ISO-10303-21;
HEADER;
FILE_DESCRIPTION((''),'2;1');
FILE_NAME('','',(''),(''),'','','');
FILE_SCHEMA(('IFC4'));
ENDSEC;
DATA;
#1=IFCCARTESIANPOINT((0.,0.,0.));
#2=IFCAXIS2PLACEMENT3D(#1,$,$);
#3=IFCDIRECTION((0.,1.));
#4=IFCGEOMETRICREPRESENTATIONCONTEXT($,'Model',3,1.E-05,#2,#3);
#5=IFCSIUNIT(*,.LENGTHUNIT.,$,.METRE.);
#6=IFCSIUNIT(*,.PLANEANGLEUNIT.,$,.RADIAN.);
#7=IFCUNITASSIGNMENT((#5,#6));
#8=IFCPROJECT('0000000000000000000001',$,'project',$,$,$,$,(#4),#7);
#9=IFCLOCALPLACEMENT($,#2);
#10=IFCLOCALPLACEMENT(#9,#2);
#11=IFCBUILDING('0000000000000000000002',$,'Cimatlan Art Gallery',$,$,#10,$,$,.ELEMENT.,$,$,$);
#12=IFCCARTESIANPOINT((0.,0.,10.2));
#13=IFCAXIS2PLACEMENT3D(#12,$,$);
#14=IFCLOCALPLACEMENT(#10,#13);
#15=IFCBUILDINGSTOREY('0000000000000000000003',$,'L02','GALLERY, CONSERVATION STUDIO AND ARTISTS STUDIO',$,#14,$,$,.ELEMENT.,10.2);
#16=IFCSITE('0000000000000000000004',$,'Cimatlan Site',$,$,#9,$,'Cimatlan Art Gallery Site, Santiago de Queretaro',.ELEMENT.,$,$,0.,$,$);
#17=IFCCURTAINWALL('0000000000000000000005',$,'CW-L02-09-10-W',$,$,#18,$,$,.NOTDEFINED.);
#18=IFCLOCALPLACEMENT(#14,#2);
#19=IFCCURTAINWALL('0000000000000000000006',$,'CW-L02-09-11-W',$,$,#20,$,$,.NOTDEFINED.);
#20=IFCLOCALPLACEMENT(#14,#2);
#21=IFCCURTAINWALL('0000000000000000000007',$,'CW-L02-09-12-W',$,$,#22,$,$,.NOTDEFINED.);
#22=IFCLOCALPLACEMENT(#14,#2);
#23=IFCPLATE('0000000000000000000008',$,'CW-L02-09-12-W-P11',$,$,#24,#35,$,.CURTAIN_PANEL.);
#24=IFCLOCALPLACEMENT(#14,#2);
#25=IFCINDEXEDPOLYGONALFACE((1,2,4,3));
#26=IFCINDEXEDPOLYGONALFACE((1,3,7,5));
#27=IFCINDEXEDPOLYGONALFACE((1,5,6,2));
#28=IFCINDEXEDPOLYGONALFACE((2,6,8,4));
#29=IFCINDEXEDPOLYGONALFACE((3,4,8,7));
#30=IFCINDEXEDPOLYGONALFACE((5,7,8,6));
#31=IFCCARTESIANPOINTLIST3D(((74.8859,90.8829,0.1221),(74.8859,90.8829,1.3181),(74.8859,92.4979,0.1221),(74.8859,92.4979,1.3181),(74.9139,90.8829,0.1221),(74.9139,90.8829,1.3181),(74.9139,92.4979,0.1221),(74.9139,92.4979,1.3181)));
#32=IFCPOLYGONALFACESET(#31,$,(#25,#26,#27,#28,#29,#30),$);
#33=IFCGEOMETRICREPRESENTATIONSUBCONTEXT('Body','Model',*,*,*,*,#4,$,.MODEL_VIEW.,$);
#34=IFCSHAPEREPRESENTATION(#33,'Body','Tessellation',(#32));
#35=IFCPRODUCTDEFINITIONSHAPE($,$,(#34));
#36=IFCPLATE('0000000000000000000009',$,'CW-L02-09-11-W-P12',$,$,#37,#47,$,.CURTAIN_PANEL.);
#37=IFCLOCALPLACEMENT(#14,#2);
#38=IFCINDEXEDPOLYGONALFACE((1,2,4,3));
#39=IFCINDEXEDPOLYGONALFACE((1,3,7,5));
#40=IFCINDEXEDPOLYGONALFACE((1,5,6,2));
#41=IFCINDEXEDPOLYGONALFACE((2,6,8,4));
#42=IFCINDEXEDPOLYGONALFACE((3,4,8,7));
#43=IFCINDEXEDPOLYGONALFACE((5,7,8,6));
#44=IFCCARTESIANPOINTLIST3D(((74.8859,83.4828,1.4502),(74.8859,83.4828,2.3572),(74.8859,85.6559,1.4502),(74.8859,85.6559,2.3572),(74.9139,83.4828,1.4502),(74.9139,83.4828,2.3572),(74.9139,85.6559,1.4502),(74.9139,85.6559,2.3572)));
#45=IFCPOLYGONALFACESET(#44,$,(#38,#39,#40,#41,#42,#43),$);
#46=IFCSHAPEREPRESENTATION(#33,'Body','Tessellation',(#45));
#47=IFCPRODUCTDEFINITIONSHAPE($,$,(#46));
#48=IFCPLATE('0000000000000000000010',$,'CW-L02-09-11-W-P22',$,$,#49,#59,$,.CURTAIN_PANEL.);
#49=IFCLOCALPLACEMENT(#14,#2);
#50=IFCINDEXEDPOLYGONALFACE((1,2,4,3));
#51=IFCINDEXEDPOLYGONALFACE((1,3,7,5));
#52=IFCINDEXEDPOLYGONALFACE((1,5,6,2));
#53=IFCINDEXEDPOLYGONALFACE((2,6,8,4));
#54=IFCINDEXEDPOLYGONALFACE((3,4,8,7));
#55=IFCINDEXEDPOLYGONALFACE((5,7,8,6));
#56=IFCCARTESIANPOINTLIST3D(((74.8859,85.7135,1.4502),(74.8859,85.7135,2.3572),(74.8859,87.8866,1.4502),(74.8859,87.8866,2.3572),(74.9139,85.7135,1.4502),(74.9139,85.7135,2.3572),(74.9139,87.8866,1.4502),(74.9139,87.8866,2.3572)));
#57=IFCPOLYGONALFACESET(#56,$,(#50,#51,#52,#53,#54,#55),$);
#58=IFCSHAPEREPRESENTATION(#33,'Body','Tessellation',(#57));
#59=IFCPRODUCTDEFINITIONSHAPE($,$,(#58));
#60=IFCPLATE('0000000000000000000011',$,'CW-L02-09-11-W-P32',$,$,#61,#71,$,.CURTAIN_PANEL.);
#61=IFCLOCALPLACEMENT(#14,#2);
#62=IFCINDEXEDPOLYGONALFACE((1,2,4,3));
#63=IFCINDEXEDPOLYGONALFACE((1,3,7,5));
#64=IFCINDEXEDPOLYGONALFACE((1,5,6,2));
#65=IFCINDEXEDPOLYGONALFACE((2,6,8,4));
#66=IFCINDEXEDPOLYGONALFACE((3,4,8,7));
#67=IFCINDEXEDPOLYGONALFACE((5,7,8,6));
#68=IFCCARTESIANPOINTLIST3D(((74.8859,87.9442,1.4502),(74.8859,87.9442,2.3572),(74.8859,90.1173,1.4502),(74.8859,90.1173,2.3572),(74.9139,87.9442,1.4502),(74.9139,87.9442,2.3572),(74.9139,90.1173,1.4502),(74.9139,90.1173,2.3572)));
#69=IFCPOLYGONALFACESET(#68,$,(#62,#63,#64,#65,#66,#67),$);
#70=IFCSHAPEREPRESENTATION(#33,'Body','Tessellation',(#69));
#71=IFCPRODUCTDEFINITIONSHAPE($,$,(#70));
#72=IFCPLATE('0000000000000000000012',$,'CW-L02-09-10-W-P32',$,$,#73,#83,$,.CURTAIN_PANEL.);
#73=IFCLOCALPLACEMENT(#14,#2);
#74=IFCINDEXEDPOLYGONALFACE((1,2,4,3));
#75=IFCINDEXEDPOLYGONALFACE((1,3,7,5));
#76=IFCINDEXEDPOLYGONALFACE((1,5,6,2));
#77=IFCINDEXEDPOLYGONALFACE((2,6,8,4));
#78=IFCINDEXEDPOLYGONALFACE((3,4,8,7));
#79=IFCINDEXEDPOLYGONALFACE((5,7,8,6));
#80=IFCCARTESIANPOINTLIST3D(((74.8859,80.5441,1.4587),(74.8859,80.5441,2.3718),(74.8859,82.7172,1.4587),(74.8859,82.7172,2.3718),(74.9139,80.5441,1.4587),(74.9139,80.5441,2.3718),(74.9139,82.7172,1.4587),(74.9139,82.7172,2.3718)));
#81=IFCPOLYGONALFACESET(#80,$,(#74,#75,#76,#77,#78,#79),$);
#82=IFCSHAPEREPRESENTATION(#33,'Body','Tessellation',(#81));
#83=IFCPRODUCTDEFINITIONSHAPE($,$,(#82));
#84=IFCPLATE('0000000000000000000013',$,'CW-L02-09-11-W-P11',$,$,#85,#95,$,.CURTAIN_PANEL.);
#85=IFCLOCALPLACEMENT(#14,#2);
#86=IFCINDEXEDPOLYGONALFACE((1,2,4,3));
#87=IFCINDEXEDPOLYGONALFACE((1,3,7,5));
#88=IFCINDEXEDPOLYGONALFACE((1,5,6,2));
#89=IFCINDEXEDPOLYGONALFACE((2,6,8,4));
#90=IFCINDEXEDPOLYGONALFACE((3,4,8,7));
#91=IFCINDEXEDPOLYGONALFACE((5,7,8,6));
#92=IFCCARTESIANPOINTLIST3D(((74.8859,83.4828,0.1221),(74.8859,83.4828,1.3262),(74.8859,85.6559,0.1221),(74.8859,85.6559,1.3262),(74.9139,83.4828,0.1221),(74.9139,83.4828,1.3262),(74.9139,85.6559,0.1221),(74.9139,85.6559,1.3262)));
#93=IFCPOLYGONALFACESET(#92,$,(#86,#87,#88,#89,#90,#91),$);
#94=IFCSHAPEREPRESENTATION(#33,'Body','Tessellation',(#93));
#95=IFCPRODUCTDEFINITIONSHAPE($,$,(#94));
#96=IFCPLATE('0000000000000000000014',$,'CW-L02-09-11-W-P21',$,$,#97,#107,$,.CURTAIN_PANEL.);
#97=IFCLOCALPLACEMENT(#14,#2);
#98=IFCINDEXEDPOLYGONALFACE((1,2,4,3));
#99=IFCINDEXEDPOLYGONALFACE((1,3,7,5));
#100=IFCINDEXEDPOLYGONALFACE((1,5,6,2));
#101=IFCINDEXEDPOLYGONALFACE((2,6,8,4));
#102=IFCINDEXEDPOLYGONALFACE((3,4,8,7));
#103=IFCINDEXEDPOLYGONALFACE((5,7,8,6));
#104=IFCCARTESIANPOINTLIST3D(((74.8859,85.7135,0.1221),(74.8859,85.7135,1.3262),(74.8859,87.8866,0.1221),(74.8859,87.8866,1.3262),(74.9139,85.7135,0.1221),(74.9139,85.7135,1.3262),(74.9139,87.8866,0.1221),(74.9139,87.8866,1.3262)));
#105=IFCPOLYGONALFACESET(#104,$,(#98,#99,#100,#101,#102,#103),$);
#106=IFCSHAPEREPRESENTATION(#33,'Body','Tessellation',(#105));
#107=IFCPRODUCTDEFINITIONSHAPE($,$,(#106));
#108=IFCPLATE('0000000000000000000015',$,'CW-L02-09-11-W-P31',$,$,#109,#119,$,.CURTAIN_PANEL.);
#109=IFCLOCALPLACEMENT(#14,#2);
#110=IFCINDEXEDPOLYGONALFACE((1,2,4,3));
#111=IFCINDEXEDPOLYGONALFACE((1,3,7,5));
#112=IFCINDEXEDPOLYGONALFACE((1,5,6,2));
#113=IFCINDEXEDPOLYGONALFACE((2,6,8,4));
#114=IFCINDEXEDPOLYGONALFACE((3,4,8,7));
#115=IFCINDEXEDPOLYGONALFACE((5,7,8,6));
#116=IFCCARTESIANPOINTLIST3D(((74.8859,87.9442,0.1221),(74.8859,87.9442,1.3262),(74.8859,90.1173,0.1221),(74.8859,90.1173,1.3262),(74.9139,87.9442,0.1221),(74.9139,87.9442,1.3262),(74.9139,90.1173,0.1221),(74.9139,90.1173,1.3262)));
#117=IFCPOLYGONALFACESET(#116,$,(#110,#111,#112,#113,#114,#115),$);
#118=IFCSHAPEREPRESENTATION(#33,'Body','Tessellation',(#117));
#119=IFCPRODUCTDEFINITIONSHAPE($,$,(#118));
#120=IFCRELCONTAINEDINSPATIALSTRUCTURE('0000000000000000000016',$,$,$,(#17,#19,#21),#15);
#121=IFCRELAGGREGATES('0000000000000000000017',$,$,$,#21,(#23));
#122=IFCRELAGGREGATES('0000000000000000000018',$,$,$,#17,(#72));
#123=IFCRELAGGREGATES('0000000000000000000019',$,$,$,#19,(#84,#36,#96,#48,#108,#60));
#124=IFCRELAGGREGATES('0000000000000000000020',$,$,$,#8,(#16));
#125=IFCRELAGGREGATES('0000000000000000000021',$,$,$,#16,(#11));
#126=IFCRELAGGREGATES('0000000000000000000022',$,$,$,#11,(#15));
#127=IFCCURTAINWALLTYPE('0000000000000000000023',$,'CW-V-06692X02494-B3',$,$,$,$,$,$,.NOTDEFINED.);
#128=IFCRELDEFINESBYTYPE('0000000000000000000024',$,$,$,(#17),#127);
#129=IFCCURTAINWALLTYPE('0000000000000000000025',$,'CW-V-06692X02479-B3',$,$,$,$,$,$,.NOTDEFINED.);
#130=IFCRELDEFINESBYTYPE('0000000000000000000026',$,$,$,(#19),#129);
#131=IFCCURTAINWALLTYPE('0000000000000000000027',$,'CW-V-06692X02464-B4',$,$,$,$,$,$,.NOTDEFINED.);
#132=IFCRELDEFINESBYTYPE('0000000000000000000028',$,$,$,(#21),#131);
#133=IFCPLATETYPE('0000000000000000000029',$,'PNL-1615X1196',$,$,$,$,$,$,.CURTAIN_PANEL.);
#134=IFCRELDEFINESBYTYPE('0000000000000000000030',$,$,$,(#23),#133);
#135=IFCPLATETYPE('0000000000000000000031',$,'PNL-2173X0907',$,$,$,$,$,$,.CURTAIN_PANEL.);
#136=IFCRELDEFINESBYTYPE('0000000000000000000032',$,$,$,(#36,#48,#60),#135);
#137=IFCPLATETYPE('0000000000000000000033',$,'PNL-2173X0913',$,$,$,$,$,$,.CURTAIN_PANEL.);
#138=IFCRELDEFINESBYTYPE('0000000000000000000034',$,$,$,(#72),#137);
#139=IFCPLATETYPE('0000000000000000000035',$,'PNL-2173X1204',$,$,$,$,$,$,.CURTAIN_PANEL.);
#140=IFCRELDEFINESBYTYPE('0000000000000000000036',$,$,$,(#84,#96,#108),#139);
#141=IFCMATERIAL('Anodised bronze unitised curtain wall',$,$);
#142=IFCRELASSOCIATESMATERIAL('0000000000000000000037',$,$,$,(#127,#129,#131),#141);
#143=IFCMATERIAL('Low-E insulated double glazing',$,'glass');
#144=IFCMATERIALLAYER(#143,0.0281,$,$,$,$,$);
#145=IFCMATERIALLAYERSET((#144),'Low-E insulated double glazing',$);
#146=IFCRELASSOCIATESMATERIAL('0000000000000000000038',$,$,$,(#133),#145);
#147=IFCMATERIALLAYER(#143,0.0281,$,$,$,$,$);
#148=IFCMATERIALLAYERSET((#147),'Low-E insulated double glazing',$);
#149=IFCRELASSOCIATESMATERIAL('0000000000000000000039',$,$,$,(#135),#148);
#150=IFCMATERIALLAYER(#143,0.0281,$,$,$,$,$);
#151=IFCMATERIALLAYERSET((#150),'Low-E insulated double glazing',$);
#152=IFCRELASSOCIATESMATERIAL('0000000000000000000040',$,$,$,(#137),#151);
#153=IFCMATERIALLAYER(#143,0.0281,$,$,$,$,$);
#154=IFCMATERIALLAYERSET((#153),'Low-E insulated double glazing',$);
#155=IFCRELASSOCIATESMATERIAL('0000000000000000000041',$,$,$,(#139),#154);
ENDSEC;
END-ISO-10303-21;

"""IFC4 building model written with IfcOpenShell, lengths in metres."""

from ifc_helpers import new_model, si_unit, direction, frame, origin, origin_2d, place, context, subcontext, project, spatial, rectangle, extrude, material, layer, layer_set, type_object, element, aggregate, save


model = new_model("IFC4")

# Units and contexts
model_context = context("Model", 3, precision=1e-05, world=origin(), true_north=direction((0.0, 1.0)))
body_context = subcontext(model_context, "Body", "Model", "MODEL_VIEW")
ifc_project = project(units=[si_unit("LENGTHUNIT", "METRE"), si_unit("PLANEANGLEUNIT", "RADIAN")], contexts=[model_context])

# Site, building, storey
site_placement = place(None, origin())
site = spatial("IfcSite", under=ifc_project, at=site_placement, Name="Cimatlan Site", LongName="Cimatlan Art Gallery Site, Santiago de Queretaro", CompositionType="ELEMENT", RefElevation=0.0)
building_placement = place(site_placement, origin())
building = spatial("IfcBuilding", under=site, at=building_placement, Name="Cimatlan Art Gallery", CompositionType="ELEMENT")
storey_placement = place(building_placement, frame((0.0, 0.0, 10.2)))
storey = spatial("IfcBuildingStorey", under=building, at=storey_placement, Name="L02", Description="GALLERY, CONSERVATION STUDIO AND ARTISTS STUDIO", CompositionType="ELEMENT", Elevation=10.2)

# Curtain wall
ifc_material_1 = material(Name="Anodised bronze unitised curtain wall")
curtain_wall_type_1 = type_object("IfcCurtainWallType", Name="CW-V-06692X02494-B3", PredefinedType="NOTDEFINED", material=ifc_material_1)
curtain_wall_1_placement = place(storey_placement, origin())
curtain_wall_1 = element("IfcCurtainWall", 1, at=curtain_wall_1_placement, inside=storey, type_object=curtain_wall_type_1, Name="CW-L02-09-10-W", PredefinedType="NOTDEFINED")

# Curtain walls
curtain_wall_type_2 = type_object("IfcCurtainWallType", Name="CW-V-06692X02479-B3", PredefinedType="NOTDEFINED", material=ifc_material_1)
curtain_wall_2_placement = place(storey_placement, origin())
curtain_wall_2 = element("IfcCurtainWall", 2, at=curtain_wall_2_placement, inside=storey, type_object=curtain_wall_type_2, Name="CW-L02-09-11-W", PredefinedType="NOTDEFINED")
curtain_wall_type_3 = type_object("IfcCurtainWallType", Name="CW-V-06692X02464-B4", PredefinedType="NOTDEFINED", material=ifc_material_1)
curtain_wall_3_placement = place(storey_placement, origin())
curtain_wall_3 = element("IfcCurtainWall", 3, at=curtain_wall_3_placement, inside=storey, type_object=curtain_wall_type_3, Name="CW-L02-09-12-W", PredefinedType="NOTDEFINED")

# Plates
ifc_material_2 = material(Name="Low-E insulated double glazing", Category="glass")
ifc_layer_1 = layer(ifc_material_2, 0.0281)
ifc_layer_set_1 = layer_set([ifc_layer_1], Name="Low-E insulated double glazing")
plate_type_1 = type_object("IfcPlateType", Name="PNL-1615X1196", PredefinedType="CURTAIN_PANEL", material=ifc_layer_set_1)
plate_1_placement = place(storey_placement, frame((74.8999, 91.6904, 0.1221), z_axis=(0.0, 0.0, 1.0), x_axis=(0.0, 1.0, 0.0)))
plate_1 = element("IfcPlate", 4, at=plate_1_placement, type_object=plate_type_1, Name="CW-L02-09-12-W-P11", PredefinedType="CURTAIN_PANEL", context=body_context, shape_type="SweptSolid", body=[
    extrude(rectangle(XDim=1.615, YDim=0.0281, at=origin_2d()), origin(), (0.0, 0.0, 1.0), 1.196),
])
aggregate(curtain_wall_3, [plate_1])
ifc_layer_2 = layer(ifc_material_2, 0.0281)
ifc_layer_set_2 = layer_set([ifc_layer_2], Name="Low-E insulated double glazing")
plate_type_2 = type_object("IfcPlateType", Name="PNL-2173X0907", PredefinedType="CURTAIN_PANEL", material=ifc_layer_set_2)
plate_2_placement = place(storey_placement, frame((74.8999, 84.5693, 1.4502), z_axis=(0.0, 0.0, 1.0), x_axis=(0.0, 1.0, 0.0)))
plate_2 = element("IfcPlate", 5, at=plate_2_placement, type_object=plate_type_2, Name="CW-L02-09-11-W-P12", PredefinedType="CURTAIN_PANEL", context=body_context, shape_type="SweptSolid", body=[
    extrude(rectangle(XDim=2.1731, YDim=0.0281, at=origin_2d()), origin(), (0.0, 0.0, 1.0), 0.907),
])
plate_3_placement = place(storey_placement, frame((74.8999, 86.8, 1.4502), z_axis=(0.0, 0.0, 1.0), x_axis=(0.0, 1.0, 0.0)))
plate_3 = element("IfcPlate", 6, at=plate_3_placement, type_object=plate_type_2, Name="CW-L02-09-11-W-P22", PredefinedType="CURTAIN_PANEL", context=body_context, shape_type="SweptSolid", body=[
    extrude(rectangle(XDim=2.1731, YDim=0.0281, at=origin_2d()), origin(), (0.0, 0.0, 1.0), 0.907),
])
plate_4_placement = place(storey_placement, frame((74.8999, 89.0308, 1.4502), z_axis=(0.0, 0.0, 1.0), x_axis=(0.0, 1.0, 0.0)))
plate_4 = element("IfcPlate", 7, at=plate_4_placement, type_object=plate_type_2, Name="CW-L02-09-11-W-P32", PredefinedType="CURTAIN_PANEL", context=body_context, shape_type="SweptSolid", body=[
    extrude(rectangle(XDim=2.1731, YDim=0.0281, at=origin_2d()), origin(), (0.0, 0.0, 1.0), 0.907),
])
ifc_layer_3 = layer(ifc_material_2, 0.0281)
ifc_layer_set_3 = layer_set([ifc_layer_3], Name="Low-E insulated double glazing")
plate_type_3 = type_object("IfcPlateType", Name="PNL-2173X0913", PredefinedType="CURTAIN_PANEL", material=ifc_layer_set_3)
plate_5_placement = place(storey_placement, frame((74.8999, 81.6306, 1.4587), z_axis=(0.0, 0.0, 1.0), x_axis=(0.0, 1.0, 0.0)))
plate_5 = element("IfcPlate", 8, at=plate_5_placement, type_object=plate_type_3, Name="CW-L02-09-10-W-P32", PredefinedType="CURTAIN_PANEL", context=body_context, shape_type="SweptSolid", body=[
    extrude(rectangle(XDim=2.1731, YDim=0.0281, at=origin_2d()), origin(), (0.0, 0.0, 1.0), 0.9131),
])
aggregate(curtain_wall_1, [plate_5])
ifc_layer_4 = layer(ifc_material_2, 0.0281)
ifc_layer_set_4 = layer_set([ifc_layer_4], Name="Low-E insulated double glazing")
plate_type_4 = type_object("IfcPlateType", Name="PNL-2173X1204", PredefinedType="CURTAIN_PANEL", material=ifc_layer_set_4)
plate_6_placement = place(storey_placement, frame((74.8999, 84.5693, 0.1221), z_axis=(0.0, 0.0, 1.0), x_axis=(0.0, 1.0, 0.0)))
plate_6 = element("IfcPlate", 9, at=plate_6_placement, type_object=plate_type_4, Name="CW-L02-09-11-W-P11", PredefinedType="CURTAIN_PANEL", context=body_context, shape_type="SweptSolid", body=[
    extrude(rectangle(XDim=2.1731, YDim=0.0281, at=origin_2d()), origin(), (0.0, 0.0, 1.0), 1.2041),
])
plate_7_placement = place(storey_placement, frame((74.8999, 86.8, 0.1221), z_axis=(0.0, 0.0, 1.0), x_axis=(0.0, 1.0, 0.0)))
plate_7 = element("IfcPlate", 10, at=plate_7_placement, type_object=plate_type_4, Name="CW-L02-09-11-W-P21", PredefinedType="CURTAIN_PANEL", context=body_context, shape_type="SweptSolid", body=[
    extrude(rectangle(XDim=2.1731, YDim=0.0281, at=origin_2d()), origin(), (0.0, 0.0, 1.0), 1.2041),
])
plate_8_placement = place(storey_placement, frame((74.8999, 89.0308, 0.1221), z_axis=(0.0, 0.0, 1.0), x_axis=(0.0, 1.0, 0.0)))
plate_8 = element("IfcPlate", 11, at=plate_8_placement, type_object=plate_type_4, Name="CW-L02-09-11-W-P31", PredefinedType="CURTAIN_PANEL", context=body_context, shape_type="SweptSolid", body=[
    extrude(rectangle(XDim=2.1731, YDim=0.0281, at=origin_2d()), origin(), (0.0, 0.0, 1.0), 1.2041),
])
aggregate(curtain_wall_2, [plate_6, plate_2, plate_7, plate_3, plate_8, plate_4])

save(model, "model.ifc")
